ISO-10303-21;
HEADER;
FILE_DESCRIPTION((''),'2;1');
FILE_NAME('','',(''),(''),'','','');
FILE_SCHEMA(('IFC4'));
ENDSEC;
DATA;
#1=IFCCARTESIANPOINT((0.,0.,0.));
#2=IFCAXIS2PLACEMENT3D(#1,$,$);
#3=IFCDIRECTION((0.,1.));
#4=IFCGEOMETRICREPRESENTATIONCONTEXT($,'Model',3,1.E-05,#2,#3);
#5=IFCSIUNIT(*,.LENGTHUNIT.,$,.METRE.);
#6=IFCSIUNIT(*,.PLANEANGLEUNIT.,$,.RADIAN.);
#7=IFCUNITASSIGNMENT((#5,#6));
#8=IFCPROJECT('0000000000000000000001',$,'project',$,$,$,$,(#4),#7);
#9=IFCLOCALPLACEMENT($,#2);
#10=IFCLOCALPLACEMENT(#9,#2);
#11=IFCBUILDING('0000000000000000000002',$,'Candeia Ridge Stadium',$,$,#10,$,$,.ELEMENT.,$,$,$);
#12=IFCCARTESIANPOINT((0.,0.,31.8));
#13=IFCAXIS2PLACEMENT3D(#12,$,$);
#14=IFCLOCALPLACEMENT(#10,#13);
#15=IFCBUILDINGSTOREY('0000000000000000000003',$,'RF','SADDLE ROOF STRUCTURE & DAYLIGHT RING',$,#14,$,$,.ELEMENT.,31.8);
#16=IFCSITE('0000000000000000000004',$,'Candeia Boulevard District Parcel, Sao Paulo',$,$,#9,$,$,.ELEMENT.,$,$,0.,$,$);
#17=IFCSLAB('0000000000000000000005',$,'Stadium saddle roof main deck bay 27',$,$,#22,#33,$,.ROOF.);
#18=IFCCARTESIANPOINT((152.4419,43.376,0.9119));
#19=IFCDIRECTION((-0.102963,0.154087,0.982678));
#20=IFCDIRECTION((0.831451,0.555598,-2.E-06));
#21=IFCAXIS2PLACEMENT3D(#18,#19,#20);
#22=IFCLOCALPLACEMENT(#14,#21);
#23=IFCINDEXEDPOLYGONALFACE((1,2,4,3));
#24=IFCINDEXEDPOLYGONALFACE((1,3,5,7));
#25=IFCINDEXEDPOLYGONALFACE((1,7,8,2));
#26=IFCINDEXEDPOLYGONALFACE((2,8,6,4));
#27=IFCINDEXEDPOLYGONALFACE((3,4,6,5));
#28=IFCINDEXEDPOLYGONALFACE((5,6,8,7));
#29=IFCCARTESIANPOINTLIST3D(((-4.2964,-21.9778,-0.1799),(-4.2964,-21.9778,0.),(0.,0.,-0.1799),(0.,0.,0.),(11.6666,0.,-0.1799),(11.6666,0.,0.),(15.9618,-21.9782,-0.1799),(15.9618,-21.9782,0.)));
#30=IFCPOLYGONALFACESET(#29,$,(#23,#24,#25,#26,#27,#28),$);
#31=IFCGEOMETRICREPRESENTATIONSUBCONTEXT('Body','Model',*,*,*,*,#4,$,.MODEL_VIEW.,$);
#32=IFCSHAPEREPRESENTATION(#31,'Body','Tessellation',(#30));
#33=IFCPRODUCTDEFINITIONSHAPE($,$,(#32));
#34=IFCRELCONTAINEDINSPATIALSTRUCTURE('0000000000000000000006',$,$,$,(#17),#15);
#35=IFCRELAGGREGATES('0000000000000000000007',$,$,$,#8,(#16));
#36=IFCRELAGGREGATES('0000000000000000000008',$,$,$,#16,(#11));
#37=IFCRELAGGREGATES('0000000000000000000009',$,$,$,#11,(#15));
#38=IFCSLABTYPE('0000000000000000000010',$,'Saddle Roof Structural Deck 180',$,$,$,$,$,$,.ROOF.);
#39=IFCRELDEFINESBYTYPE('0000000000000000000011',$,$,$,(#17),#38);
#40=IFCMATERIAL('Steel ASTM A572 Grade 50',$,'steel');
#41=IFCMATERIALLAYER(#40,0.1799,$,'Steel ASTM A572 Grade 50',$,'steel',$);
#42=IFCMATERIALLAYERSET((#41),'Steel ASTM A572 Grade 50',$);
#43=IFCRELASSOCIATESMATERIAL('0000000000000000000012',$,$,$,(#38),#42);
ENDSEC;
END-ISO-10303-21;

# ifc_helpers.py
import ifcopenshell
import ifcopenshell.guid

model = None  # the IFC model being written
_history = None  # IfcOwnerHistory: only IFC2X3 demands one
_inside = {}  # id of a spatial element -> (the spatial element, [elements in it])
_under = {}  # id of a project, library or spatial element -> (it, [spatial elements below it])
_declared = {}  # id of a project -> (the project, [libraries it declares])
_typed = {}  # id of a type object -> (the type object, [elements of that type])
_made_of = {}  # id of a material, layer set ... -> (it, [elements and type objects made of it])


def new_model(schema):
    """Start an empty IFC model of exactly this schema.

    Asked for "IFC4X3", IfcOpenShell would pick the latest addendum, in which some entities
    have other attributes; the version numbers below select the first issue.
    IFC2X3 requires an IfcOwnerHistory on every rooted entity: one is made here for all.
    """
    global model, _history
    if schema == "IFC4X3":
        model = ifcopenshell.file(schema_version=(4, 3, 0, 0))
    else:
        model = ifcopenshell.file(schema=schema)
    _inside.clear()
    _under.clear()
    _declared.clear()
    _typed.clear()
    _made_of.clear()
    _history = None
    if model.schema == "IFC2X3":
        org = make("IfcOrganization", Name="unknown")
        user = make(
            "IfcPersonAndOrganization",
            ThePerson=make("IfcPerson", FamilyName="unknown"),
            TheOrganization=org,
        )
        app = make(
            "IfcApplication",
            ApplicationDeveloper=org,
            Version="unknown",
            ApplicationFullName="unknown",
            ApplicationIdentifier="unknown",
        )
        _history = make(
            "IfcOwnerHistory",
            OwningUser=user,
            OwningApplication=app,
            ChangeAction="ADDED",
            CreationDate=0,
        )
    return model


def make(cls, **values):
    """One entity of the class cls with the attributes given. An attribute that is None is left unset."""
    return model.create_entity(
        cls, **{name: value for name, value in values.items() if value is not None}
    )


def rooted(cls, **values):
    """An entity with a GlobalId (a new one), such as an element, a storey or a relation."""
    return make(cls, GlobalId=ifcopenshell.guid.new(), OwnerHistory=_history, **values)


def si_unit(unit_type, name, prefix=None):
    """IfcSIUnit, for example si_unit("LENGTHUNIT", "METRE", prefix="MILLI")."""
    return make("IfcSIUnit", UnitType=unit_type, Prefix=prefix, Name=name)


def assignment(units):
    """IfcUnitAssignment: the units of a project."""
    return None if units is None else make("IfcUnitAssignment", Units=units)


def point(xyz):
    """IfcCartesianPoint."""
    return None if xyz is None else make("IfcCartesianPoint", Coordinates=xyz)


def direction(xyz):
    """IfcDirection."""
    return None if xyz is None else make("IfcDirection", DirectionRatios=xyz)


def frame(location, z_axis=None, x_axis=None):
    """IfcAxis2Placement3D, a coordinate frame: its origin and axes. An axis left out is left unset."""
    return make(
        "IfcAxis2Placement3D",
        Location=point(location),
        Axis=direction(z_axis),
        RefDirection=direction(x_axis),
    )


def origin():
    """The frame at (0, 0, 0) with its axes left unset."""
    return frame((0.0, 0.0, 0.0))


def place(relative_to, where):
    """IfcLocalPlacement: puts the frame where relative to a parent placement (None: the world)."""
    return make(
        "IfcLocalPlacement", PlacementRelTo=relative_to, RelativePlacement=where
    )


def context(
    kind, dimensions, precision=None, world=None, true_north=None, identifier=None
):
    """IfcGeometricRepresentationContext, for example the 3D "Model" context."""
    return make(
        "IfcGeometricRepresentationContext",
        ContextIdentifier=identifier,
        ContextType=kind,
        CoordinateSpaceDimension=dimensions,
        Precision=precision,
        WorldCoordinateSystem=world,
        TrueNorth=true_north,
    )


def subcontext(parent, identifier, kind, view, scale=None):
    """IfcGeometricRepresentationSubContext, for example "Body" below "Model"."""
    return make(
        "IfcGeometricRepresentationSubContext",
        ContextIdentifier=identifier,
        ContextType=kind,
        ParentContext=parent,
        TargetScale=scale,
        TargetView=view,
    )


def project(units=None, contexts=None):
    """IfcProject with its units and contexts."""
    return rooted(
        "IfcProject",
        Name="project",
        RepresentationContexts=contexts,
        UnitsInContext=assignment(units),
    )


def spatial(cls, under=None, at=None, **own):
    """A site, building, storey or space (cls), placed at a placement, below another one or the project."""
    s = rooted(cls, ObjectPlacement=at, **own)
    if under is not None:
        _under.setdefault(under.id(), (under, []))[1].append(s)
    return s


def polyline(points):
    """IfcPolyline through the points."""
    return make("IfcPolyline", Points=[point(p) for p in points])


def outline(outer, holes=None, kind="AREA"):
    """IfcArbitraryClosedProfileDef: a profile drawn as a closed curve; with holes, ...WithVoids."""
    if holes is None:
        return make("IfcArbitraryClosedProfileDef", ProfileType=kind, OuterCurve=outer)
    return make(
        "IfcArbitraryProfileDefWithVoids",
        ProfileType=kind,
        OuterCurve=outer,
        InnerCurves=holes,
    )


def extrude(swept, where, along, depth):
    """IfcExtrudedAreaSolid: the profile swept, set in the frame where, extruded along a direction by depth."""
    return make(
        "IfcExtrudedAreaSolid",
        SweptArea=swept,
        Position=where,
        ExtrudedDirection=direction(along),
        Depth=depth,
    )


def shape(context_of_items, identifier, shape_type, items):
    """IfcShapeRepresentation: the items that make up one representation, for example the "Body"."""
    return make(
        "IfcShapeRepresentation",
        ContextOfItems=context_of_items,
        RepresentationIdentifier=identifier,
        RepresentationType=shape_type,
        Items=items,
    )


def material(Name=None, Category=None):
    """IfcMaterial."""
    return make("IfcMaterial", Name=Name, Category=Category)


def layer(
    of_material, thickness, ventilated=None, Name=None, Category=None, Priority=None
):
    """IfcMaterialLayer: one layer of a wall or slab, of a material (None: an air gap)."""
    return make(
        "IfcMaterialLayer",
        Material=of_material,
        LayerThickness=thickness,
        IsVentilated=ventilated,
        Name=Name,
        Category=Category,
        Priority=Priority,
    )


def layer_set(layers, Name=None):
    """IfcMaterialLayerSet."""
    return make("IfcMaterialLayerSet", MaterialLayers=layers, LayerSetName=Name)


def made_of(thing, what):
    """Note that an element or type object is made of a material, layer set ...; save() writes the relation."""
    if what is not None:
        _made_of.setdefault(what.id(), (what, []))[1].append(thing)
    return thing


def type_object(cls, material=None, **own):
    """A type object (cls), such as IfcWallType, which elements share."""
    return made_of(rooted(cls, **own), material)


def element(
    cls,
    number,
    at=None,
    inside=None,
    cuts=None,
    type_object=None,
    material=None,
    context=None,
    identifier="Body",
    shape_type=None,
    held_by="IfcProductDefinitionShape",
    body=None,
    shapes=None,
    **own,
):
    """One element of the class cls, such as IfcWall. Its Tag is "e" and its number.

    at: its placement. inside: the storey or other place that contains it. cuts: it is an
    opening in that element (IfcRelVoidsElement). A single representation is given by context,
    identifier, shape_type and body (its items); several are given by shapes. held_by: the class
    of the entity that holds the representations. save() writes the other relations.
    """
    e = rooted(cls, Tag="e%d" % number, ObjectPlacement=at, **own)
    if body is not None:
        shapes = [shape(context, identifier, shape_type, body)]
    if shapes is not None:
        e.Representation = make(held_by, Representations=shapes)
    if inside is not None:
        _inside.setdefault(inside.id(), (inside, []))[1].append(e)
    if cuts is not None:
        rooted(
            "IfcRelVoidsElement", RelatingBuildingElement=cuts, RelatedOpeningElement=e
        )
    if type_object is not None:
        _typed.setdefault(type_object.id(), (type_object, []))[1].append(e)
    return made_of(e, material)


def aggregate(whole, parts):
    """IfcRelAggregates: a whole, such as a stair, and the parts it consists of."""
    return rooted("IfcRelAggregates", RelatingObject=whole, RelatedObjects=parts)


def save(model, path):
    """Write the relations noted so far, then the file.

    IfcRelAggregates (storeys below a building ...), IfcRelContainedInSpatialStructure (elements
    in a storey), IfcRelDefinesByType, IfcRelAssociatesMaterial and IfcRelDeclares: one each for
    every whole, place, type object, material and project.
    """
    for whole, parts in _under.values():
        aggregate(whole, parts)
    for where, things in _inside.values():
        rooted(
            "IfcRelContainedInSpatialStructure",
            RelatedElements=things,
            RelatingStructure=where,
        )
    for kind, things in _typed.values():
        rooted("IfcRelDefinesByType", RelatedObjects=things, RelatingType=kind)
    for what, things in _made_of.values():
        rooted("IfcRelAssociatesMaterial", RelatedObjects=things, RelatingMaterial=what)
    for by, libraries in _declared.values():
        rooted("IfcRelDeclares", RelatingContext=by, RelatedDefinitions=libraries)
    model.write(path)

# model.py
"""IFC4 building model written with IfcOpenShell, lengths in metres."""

from ifc_helpers import new_model, si_unit, direction, frame, origin, place, context, subcontext, project, spatial, polyline, outline, extrude, material, layer, layer_set, type_object, element, save


model = new_model("IFC4")

# Units and contexts
model_context = context("Model", 3, precision=1e-05, world=origin(), true_north=direction((0.0, 1.0)))
body_context = subcontext(model_context, "Body", "Model", "MODEL_VIEW")
ifc_project = project(units=[si_unit("LENGTHUNIT", "METRE"), si_unit("PLANEANGLEUNIT", "RADIAN")], contexts=[model_context])

# Site, building, storey
site_placement = place(None, origin())
site = spatial("IfcSite", under=ifc_project, at=site_placement, Name="Candeia Boulevard District Parcel, Sao Paulo", CompositionType="ELEMENT", RefElevation=0.0)
building_placement = place(site_placement, origin())
building = spatial("IfcBuilding", under=site, at=building_placement, Name="Candeia Ridge Stadium", CompositionType="ELEMENT")
storey_placement = place(building_placement, frame((0.0, 0.0, 31.8)))
storey = spatial("IfcBuildingStorey", under=building, at=storey_placement, Name="RF", Description="SADDLE ROOF STRUCTURE & DAYLIGHT RING", CompositionType="ELEMENT", Elevation=31.8)

# Shared definitions
ifc_material_1 = material(Name="Steel ASTM A572 Grade 50", Category="steel")

# Slab
ifc_layer_1 = layer(ifc_material_1, 0.1799, Name="Steel ASTM A572 Grade 50", Category="steel")
ifc_layer_set_1 = layer_set([ifc_layer_1], Name="Steel ASTM A572 Grade 50")
slab_type = type_object("IfcSlabType", Name="Saddle Roof Structural Deck 180", PredefinedType="ROOF", material=ifc_layer_set_1)
slab_1_placement = place(storey_placement, frame((152.4419, 43.376, 0.9119), z_axis=(-0.102963, 0.154087, 0.982678), x_axis=(0.831451, 0.555598, -0.000002)))
element("IfcSlab", 1, at=slab_1_placement, inside=storey, type_object=slab_type, Name="Stadium saddle roof main deck bay 27", PredefinedType="ROOF", context=body_context, shape_type="SweptSolid", body=[
    extrude(outline(polyline([(0.0, 0.0), (11.6666, 0.0), (15.9618, -21.9782), (-4.2964, -21.9778), (0.0, 0.0)])), origin(), (0.0, 0.0, -1.0), 0.1799),
])

save(model, "model.ifc")
